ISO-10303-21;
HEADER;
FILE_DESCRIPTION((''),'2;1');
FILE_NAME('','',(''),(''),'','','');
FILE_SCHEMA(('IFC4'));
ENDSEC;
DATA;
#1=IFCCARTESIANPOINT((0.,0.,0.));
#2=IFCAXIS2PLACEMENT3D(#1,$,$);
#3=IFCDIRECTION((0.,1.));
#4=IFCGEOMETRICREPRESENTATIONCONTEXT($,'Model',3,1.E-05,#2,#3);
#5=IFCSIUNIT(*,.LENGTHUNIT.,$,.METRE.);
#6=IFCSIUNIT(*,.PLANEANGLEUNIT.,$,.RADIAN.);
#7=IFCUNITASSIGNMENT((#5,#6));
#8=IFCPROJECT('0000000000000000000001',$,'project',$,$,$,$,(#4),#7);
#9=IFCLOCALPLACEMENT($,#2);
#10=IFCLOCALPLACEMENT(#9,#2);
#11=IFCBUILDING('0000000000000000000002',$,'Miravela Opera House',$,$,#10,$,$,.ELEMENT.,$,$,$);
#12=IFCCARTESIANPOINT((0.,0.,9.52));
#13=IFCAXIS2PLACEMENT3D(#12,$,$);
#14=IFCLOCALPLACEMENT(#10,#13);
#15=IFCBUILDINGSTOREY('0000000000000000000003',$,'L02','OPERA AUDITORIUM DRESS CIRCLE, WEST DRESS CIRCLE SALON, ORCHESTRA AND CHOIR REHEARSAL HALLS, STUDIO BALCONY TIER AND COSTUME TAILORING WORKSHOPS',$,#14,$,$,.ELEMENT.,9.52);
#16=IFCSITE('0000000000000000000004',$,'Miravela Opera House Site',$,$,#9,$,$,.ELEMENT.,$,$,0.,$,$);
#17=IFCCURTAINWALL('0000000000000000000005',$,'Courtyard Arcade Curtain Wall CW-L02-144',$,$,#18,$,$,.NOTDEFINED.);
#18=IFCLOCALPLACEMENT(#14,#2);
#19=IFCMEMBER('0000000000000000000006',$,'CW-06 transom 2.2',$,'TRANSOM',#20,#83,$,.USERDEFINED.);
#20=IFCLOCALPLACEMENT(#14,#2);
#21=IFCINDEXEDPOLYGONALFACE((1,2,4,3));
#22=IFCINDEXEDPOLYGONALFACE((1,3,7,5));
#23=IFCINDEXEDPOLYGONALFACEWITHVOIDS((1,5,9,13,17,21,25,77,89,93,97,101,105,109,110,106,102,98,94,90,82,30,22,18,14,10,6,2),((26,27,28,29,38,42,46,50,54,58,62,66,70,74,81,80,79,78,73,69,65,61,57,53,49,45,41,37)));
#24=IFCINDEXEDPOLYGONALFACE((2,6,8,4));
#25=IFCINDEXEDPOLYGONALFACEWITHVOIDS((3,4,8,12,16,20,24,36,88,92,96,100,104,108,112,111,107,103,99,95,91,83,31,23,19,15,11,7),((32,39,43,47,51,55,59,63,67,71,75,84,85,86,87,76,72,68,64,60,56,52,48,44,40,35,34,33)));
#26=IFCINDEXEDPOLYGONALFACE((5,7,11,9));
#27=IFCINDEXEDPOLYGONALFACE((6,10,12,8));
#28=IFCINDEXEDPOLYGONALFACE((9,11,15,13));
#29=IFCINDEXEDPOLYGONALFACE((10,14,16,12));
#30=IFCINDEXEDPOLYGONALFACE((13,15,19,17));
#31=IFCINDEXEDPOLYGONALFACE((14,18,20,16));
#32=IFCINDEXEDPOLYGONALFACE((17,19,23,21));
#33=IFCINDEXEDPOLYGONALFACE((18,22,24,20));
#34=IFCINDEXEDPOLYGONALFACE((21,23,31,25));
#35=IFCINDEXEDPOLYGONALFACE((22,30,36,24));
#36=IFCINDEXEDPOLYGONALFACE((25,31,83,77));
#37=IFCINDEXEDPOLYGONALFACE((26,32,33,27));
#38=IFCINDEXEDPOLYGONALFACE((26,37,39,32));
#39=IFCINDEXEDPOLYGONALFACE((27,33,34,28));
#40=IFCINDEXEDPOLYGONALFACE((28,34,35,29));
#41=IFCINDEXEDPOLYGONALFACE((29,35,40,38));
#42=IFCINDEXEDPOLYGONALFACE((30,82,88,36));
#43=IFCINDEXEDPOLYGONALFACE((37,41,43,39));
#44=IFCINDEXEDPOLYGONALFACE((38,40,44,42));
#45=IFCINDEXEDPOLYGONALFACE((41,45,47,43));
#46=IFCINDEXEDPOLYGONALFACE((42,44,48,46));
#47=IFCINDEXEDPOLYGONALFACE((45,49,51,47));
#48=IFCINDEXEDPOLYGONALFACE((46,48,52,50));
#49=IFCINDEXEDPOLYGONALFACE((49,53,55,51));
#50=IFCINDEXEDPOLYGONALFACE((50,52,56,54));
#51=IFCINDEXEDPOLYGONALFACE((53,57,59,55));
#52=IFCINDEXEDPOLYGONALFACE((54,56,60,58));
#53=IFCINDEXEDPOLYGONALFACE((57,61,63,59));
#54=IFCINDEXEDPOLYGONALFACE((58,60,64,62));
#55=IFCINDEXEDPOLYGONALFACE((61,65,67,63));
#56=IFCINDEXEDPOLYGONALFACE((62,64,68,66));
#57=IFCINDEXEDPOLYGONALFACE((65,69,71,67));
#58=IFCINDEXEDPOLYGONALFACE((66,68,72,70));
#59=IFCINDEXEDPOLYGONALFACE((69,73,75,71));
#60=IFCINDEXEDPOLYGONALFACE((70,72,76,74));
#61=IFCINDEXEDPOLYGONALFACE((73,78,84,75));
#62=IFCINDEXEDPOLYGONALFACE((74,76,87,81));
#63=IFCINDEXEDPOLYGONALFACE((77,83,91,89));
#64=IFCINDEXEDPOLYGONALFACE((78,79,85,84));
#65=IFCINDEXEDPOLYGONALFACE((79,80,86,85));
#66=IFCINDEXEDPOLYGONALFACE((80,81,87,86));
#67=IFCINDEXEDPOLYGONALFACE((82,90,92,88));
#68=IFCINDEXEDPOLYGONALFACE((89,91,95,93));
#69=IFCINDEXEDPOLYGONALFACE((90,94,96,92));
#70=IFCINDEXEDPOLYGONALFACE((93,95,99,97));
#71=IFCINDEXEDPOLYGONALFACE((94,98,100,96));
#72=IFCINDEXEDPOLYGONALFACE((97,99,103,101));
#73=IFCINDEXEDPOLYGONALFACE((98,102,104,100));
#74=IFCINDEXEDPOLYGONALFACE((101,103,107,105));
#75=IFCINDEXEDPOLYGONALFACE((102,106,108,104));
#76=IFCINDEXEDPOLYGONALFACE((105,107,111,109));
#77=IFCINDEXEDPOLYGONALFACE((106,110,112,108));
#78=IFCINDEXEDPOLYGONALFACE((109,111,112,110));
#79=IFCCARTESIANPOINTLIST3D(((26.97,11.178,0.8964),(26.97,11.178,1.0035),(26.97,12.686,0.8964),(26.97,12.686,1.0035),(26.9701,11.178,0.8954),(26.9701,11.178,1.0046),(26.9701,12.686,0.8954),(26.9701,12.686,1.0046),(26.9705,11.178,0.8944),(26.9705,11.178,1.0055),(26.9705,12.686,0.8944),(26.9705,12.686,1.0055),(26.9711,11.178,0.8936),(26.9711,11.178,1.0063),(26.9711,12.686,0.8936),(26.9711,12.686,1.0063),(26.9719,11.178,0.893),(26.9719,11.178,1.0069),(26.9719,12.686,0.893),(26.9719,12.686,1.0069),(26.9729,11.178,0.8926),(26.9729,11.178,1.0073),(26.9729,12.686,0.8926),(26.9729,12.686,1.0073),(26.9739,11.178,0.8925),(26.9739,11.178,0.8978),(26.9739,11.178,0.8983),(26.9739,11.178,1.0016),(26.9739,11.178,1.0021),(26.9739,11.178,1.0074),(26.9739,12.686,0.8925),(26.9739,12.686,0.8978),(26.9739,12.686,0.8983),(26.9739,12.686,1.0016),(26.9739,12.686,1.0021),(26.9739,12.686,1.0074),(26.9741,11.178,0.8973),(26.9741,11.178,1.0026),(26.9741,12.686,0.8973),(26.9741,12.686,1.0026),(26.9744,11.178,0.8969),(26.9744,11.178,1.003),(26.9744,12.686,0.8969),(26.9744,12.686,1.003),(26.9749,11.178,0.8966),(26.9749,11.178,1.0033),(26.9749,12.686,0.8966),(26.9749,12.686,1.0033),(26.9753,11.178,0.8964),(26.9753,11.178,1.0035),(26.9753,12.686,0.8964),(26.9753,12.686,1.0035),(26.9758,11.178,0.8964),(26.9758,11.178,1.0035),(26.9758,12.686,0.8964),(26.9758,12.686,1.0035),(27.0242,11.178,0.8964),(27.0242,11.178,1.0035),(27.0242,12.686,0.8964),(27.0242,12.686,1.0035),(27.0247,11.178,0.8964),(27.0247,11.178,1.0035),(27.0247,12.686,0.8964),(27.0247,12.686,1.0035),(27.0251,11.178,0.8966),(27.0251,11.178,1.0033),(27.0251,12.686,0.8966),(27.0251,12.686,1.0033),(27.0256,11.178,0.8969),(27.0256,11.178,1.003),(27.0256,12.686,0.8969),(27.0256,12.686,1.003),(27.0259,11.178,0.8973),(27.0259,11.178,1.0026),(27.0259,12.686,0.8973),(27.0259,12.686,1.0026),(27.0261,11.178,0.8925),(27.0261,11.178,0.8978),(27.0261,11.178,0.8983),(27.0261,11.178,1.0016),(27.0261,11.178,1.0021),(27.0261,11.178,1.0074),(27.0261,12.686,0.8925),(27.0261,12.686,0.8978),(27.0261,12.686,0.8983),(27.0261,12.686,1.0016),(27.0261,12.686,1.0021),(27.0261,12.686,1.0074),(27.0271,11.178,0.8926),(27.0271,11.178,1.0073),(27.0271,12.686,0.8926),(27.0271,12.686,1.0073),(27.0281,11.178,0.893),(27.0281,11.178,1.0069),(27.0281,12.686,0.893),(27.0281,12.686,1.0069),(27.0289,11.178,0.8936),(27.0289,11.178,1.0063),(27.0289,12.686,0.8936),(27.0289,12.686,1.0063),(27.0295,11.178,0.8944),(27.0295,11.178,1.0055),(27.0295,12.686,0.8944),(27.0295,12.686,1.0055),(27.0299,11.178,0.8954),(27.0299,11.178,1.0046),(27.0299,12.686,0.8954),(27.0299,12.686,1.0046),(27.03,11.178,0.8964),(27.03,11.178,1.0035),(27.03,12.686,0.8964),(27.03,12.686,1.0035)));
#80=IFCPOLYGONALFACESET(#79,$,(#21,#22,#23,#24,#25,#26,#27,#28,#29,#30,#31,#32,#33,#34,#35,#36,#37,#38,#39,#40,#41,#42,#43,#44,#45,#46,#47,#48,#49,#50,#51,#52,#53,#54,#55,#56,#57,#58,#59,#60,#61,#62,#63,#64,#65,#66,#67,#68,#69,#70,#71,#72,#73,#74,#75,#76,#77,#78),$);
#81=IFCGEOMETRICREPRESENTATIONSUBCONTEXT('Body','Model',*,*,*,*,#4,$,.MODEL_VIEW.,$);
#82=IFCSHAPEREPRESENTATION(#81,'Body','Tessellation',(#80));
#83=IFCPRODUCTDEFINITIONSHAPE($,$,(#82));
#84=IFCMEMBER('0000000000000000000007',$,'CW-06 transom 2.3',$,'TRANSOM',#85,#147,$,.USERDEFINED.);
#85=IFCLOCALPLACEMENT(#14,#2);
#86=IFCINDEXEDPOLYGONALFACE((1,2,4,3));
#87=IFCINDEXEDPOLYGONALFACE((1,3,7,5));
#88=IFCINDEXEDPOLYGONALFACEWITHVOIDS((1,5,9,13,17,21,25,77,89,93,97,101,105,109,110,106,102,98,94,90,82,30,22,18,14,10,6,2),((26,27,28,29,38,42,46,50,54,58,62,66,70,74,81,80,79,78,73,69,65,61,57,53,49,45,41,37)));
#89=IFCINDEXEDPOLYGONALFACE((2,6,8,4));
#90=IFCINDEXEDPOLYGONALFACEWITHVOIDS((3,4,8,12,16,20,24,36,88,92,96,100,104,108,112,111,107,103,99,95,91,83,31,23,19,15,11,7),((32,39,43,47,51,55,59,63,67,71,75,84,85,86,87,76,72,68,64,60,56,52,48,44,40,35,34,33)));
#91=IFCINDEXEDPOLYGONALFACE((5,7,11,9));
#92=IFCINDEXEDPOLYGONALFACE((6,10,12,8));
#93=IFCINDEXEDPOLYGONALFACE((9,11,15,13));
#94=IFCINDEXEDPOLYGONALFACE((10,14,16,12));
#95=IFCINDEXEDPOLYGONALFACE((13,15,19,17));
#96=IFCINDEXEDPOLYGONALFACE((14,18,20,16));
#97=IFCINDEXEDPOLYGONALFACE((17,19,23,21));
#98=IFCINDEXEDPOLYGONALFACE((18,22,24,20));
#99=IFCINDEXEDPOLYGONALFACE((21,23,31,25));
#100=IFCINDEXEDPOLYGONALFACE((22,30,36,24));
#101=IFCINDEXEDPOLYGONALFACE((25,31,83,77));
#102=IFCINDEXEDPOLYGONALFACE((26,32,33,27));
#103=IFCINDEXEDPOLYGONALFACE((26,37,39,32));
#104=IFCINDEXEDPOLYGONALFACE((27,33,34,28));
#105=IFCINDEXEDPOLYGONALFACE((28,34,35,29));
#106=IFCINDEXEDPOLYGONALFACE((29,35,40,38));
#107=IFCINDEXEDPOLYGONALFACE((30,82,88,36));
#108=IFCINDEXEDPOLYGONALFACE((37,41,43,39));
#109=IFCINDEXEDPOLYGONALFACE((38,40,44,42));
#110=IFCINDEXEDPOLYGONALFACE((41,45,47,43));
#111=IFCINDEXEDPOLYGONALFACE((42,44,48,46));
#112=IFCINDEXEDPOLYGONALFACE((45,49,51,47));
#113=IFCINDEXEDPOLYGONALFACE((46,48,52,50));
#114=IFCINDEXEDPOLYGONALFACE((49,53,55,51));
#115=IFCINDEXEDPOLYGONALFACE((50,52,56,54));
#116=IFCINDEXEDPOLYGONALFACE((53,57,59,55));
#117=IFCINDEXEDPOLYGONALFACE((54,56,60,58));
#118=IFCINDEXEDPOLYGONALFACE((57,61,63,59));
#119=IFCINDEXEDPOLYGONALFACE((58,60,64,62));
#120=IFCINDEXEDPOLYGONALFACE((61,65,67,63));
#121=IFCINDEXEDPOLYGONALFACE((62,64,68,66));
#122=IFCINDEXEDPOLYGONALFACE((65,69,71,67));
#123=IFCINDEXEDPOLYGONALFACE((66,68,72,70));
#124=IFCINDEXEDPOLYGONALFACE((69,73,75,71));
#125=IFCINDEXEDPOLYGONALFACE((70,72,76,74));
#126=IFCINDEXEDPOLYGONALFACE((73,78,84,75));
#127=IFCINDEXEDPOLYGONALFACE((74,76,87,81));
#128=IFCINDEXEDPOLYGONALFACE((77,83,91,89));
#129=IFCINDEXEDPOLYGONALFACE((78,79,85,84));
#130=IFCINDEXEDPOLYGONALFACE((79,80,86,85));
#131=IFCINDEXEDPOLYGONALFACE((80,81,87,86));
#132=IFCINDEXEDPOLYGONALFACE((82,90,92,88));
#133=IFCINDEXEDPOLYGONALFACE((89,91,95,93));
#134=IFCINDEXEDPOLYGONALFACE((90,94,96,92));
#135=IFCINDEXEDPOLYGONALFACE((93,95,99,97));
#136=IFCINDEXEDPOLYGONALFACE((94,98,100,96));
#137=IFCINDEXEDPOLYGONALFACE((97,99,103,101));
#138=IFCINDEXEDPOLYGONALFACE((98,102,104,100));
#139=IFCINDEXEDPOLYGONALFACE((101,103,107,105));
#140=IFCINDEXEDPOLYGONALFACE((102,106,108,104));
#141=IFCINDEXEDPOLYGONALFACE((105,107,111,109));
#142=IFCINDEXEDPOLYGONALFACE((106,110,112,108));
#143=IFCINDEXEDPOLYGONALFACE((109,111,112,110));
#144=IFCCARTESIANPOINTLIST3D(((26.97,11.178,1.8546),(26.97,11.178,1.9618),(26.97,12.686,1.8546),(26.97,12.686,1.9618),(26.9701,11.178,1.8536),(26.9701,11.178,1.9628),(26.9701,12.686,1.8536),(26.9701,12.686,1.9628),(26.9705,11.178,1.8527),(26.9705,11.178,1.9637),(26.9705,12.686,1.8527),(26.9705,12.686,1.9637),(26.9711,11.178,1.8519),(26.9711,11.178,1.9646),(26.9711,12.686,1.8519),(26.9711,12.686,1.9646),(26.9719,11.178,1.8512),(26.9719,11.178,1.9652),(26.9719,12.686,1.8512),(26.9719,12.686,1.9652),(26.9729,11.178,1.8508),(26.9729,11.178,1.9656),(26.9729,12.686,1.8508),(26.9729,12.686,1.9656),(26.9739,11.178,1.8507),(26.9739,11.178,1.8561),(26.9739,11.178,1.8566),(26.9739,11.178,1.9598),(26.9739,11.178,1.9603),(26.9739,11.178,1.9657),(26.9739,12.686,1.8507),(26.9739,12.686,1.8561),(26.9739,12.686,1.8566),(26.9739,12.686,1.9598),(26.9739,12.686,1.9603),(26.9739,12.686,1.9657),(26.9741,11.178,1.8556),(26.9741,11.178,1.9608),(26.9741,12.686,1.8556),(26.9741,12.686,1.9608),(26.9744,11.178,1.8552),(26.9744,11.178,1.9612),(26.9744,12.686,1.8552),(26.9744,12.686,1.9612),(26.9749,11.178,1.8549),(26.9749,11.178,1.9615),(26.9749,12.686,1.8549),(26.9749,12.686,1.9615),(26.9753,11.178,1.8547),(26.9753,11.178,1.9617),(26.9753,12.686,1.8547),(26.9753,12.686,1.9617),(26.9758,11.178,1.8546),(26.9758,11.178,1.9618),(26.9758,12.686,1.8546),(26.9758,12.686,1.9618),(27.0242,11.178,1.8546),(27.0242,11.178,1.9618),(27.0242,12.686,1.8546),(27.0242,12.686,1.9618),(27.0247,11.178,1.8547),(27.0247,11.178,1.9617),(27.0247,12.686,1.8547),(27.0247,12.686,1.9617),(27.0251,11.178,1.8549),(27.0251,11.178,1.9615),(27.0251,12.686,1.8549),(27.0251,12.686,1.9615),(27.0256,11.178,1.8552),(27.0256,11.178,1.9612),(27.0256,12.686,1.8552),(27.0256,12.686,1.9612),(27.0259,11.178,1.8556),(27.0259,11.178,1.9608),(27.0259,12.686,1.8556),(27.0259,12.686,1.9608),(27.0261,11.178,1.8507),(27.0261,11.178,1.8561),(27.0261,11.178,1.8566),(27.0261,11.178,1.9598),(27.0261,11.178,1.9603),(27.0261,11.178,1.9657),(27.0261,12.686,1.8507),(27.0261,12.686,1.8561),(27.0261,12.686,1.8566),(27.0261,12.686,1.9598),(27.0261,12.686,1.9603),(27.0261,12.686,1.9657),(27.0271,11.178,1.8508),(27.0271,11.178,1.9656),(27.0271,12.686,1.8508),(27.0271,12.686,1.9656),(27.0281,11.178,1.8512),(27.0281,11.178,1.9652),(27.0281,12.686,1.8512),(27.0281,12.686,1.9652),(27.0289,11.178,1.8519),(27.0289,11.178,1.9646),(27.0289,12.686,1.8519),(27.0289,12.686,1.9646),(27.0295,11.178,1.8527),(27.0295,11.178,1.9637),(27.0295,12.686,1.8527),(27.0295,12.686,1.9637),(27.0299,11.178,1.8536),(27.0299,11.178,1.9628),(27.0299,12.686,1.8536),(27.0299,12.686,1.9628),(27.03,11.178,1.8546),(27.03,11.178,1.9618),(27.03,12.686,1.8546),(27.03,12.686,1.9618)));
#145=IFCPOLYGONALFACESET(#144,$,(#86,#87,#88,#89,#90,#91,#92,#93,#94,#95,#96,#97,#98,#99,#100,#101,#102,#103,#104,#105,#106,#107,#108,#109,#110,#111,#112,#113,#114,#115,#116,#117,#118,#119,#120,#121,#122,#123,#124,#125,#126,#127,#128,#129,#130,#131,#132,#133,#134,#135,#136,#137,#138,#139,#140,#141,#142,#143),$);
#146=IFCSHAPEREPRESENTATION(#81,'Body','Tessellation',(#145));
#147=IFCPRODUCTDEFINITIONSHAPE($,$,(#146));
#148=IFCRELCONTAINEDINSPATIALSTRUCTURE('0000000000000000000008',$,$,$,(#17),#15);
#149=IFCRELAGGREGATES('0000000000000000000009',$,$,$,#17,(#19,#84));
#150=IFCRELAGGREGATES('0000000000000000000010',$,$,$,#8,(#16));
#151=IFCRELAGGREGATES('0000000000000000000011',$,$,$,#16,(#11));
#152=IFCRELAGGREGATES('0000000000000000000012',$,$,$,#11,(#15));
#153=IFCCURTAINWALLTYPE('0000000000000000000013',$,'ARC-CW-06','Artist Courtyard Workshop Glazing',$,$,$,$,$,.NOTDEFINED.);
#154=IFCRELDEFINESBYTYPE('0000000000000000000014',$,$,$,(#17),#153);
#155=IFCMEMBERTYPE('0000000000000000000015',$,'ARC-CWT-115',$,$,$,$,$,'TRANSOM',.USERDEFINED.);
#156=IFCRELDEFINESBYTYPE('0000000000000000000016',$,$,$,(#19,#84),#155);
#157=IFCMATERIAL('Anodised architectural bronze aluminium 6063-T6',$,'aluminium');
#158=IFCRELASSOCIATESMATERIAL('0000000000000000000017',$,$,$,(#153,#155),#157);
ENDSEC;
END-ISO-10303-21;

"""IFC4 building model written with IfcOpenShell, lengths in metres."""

from ifc_helpers import new_model, si_unit, direction, frame, origin, origin_2d, place, context, subcontext, project, spatial, hollow_rectangle, extrude, material, material_profile, profile_set, type_object, element, aggregate, save


model = new_model("IFC4")

# Units and contexts
model_context = context("Model", 3, precision=1e-05, world=origin(), true_north=direction((0.0, 1.0)))
body_context = subcontext(model_context, "Body", "Model", "MODEL_VIEW")
ifc_project = project(units=[si_unit("LENGTHUNIT", "METRE"), si_unit("PLANEANGLEUNIT", "RADIAN")], contexts=[model_context])

# Site, building, storey
site_placement = place(None, origin())
site = spatial("IfcSite", under=ifc_project, at=site_placement, Name="Miravela Opera House Site", CompositionType="ELEMENT", RefElevation=0.0)
building_placement = place(site_placement, origin())
building = spatial("IfcBuilding", under=site, at=building_placement, Name="Miravela Opera House", CompositionType="ELEMENT")
storey_placement = place(building_placement, frame((0.0, 0.0, 9.52)))
storey = spatial("IfcBuildingStorey", under=building, at=storey_placement, Name="L02", Description="OPERA AUDITORIUM DRESS CIRCLE, WEST DRESS CIRCLE SALON, ORCHESTRA AND CHOIR REHEARSAL HALLS, STUDIO BALCONY TIER AND COSTUME TAILORING WORKSHOPS", CompositionType="ELEMENT", Elevation=9.52)

# Curtain wall, members
ifc_material_1 = material(Name="Anodised architectural bronze aluminium 6063-T6", Category="aluminium")
curtain_wall_type = type_object("IfcCurtainWallType", Name="ARC-CW-06", Description="Artist Courtyard Workshop Glazing", PredefinedType="NOTDEFINED", material=ifc_material_1)
curtain_wall_placement = place(storey_placement, origin())
curtain_wall = element("IfcCurtainWall", 1, at=curtain_wall_placement, inside=storey, type_object=curtain_wall_type, Name="Courtyard Arcade Curtain Wall CW-L02-144", PredefinedType="NOTDEFINED")
ifc_material_profile_1 = material_profile(ifc_material_1, hollow_rectangle(XDim=0.0601, YDim=0.115, WallThickness=0.0039, InnerFilletRadius=0.002, OuterFilletRadius=0.0039, at=origin_2d()), Name="CWT-60X115")
ifc_profile_set_1 = profile_set([ifc_material_profile_1])
member_type_1 = type_object("IfcMemberType", Name="ARC-CWT-115", ElementType="TRANSOM", PredefinedType="USERDEFINED", material=ifc_profile_set_1)
member_1_placement = place(storey_placement, frame((27.0, 11.178, 0.95), z_axis=(0.0, 1.0, 0.0), x_axis=(-1.0, 0.0, 0.0)))
member_1 = element("IfcMember", 2, at=member_1_placement, type_object=member_type_1, Name="CW-06 transom 2.2", ObjectType="TRANSOM", PredefinedType="USERDEFINED", context=body_context, shape_type="SweptSolid", body=[
    extrude(hollow_rectangle(XDim=0.0601, YDim=0.115, WallThickness=0.0039, InnerFilletRadius=0.002, OuterFilletRadius=0.0039, at=origin_2d()), origin(), (0.0, 0.0, 1.0), 1.5081),
])
member_2_placement = place(storey_placement, frame((27.0, 11.178, 1.9082), z_axis=(0.0, 1.0, 0.0), x_axis=(-1.0, 0.0, 0.0)))
member_2 = element("IfcMember", 3, at=member_2_placement, type_object=member_type_1, Name="CW-06 transom 2.3", ObjectType="TRANSOM", PredefinedType="USERDEFINED", context=body_context, shape_type="SweptSolid", body=[
    extrude(hollow_rectangle(XDim=0.0601, YDim=0.115, WallThickness=0.0039, InnerFilletRadius=0.002, OuterFilletRadius=0.0039, at=origin_2d()), origin(), (0.0, 0.0, 1.0), 1.5081),
])

aggregate(curtain_wall, [member_1, member_2])

save(model, "model.ifc")
